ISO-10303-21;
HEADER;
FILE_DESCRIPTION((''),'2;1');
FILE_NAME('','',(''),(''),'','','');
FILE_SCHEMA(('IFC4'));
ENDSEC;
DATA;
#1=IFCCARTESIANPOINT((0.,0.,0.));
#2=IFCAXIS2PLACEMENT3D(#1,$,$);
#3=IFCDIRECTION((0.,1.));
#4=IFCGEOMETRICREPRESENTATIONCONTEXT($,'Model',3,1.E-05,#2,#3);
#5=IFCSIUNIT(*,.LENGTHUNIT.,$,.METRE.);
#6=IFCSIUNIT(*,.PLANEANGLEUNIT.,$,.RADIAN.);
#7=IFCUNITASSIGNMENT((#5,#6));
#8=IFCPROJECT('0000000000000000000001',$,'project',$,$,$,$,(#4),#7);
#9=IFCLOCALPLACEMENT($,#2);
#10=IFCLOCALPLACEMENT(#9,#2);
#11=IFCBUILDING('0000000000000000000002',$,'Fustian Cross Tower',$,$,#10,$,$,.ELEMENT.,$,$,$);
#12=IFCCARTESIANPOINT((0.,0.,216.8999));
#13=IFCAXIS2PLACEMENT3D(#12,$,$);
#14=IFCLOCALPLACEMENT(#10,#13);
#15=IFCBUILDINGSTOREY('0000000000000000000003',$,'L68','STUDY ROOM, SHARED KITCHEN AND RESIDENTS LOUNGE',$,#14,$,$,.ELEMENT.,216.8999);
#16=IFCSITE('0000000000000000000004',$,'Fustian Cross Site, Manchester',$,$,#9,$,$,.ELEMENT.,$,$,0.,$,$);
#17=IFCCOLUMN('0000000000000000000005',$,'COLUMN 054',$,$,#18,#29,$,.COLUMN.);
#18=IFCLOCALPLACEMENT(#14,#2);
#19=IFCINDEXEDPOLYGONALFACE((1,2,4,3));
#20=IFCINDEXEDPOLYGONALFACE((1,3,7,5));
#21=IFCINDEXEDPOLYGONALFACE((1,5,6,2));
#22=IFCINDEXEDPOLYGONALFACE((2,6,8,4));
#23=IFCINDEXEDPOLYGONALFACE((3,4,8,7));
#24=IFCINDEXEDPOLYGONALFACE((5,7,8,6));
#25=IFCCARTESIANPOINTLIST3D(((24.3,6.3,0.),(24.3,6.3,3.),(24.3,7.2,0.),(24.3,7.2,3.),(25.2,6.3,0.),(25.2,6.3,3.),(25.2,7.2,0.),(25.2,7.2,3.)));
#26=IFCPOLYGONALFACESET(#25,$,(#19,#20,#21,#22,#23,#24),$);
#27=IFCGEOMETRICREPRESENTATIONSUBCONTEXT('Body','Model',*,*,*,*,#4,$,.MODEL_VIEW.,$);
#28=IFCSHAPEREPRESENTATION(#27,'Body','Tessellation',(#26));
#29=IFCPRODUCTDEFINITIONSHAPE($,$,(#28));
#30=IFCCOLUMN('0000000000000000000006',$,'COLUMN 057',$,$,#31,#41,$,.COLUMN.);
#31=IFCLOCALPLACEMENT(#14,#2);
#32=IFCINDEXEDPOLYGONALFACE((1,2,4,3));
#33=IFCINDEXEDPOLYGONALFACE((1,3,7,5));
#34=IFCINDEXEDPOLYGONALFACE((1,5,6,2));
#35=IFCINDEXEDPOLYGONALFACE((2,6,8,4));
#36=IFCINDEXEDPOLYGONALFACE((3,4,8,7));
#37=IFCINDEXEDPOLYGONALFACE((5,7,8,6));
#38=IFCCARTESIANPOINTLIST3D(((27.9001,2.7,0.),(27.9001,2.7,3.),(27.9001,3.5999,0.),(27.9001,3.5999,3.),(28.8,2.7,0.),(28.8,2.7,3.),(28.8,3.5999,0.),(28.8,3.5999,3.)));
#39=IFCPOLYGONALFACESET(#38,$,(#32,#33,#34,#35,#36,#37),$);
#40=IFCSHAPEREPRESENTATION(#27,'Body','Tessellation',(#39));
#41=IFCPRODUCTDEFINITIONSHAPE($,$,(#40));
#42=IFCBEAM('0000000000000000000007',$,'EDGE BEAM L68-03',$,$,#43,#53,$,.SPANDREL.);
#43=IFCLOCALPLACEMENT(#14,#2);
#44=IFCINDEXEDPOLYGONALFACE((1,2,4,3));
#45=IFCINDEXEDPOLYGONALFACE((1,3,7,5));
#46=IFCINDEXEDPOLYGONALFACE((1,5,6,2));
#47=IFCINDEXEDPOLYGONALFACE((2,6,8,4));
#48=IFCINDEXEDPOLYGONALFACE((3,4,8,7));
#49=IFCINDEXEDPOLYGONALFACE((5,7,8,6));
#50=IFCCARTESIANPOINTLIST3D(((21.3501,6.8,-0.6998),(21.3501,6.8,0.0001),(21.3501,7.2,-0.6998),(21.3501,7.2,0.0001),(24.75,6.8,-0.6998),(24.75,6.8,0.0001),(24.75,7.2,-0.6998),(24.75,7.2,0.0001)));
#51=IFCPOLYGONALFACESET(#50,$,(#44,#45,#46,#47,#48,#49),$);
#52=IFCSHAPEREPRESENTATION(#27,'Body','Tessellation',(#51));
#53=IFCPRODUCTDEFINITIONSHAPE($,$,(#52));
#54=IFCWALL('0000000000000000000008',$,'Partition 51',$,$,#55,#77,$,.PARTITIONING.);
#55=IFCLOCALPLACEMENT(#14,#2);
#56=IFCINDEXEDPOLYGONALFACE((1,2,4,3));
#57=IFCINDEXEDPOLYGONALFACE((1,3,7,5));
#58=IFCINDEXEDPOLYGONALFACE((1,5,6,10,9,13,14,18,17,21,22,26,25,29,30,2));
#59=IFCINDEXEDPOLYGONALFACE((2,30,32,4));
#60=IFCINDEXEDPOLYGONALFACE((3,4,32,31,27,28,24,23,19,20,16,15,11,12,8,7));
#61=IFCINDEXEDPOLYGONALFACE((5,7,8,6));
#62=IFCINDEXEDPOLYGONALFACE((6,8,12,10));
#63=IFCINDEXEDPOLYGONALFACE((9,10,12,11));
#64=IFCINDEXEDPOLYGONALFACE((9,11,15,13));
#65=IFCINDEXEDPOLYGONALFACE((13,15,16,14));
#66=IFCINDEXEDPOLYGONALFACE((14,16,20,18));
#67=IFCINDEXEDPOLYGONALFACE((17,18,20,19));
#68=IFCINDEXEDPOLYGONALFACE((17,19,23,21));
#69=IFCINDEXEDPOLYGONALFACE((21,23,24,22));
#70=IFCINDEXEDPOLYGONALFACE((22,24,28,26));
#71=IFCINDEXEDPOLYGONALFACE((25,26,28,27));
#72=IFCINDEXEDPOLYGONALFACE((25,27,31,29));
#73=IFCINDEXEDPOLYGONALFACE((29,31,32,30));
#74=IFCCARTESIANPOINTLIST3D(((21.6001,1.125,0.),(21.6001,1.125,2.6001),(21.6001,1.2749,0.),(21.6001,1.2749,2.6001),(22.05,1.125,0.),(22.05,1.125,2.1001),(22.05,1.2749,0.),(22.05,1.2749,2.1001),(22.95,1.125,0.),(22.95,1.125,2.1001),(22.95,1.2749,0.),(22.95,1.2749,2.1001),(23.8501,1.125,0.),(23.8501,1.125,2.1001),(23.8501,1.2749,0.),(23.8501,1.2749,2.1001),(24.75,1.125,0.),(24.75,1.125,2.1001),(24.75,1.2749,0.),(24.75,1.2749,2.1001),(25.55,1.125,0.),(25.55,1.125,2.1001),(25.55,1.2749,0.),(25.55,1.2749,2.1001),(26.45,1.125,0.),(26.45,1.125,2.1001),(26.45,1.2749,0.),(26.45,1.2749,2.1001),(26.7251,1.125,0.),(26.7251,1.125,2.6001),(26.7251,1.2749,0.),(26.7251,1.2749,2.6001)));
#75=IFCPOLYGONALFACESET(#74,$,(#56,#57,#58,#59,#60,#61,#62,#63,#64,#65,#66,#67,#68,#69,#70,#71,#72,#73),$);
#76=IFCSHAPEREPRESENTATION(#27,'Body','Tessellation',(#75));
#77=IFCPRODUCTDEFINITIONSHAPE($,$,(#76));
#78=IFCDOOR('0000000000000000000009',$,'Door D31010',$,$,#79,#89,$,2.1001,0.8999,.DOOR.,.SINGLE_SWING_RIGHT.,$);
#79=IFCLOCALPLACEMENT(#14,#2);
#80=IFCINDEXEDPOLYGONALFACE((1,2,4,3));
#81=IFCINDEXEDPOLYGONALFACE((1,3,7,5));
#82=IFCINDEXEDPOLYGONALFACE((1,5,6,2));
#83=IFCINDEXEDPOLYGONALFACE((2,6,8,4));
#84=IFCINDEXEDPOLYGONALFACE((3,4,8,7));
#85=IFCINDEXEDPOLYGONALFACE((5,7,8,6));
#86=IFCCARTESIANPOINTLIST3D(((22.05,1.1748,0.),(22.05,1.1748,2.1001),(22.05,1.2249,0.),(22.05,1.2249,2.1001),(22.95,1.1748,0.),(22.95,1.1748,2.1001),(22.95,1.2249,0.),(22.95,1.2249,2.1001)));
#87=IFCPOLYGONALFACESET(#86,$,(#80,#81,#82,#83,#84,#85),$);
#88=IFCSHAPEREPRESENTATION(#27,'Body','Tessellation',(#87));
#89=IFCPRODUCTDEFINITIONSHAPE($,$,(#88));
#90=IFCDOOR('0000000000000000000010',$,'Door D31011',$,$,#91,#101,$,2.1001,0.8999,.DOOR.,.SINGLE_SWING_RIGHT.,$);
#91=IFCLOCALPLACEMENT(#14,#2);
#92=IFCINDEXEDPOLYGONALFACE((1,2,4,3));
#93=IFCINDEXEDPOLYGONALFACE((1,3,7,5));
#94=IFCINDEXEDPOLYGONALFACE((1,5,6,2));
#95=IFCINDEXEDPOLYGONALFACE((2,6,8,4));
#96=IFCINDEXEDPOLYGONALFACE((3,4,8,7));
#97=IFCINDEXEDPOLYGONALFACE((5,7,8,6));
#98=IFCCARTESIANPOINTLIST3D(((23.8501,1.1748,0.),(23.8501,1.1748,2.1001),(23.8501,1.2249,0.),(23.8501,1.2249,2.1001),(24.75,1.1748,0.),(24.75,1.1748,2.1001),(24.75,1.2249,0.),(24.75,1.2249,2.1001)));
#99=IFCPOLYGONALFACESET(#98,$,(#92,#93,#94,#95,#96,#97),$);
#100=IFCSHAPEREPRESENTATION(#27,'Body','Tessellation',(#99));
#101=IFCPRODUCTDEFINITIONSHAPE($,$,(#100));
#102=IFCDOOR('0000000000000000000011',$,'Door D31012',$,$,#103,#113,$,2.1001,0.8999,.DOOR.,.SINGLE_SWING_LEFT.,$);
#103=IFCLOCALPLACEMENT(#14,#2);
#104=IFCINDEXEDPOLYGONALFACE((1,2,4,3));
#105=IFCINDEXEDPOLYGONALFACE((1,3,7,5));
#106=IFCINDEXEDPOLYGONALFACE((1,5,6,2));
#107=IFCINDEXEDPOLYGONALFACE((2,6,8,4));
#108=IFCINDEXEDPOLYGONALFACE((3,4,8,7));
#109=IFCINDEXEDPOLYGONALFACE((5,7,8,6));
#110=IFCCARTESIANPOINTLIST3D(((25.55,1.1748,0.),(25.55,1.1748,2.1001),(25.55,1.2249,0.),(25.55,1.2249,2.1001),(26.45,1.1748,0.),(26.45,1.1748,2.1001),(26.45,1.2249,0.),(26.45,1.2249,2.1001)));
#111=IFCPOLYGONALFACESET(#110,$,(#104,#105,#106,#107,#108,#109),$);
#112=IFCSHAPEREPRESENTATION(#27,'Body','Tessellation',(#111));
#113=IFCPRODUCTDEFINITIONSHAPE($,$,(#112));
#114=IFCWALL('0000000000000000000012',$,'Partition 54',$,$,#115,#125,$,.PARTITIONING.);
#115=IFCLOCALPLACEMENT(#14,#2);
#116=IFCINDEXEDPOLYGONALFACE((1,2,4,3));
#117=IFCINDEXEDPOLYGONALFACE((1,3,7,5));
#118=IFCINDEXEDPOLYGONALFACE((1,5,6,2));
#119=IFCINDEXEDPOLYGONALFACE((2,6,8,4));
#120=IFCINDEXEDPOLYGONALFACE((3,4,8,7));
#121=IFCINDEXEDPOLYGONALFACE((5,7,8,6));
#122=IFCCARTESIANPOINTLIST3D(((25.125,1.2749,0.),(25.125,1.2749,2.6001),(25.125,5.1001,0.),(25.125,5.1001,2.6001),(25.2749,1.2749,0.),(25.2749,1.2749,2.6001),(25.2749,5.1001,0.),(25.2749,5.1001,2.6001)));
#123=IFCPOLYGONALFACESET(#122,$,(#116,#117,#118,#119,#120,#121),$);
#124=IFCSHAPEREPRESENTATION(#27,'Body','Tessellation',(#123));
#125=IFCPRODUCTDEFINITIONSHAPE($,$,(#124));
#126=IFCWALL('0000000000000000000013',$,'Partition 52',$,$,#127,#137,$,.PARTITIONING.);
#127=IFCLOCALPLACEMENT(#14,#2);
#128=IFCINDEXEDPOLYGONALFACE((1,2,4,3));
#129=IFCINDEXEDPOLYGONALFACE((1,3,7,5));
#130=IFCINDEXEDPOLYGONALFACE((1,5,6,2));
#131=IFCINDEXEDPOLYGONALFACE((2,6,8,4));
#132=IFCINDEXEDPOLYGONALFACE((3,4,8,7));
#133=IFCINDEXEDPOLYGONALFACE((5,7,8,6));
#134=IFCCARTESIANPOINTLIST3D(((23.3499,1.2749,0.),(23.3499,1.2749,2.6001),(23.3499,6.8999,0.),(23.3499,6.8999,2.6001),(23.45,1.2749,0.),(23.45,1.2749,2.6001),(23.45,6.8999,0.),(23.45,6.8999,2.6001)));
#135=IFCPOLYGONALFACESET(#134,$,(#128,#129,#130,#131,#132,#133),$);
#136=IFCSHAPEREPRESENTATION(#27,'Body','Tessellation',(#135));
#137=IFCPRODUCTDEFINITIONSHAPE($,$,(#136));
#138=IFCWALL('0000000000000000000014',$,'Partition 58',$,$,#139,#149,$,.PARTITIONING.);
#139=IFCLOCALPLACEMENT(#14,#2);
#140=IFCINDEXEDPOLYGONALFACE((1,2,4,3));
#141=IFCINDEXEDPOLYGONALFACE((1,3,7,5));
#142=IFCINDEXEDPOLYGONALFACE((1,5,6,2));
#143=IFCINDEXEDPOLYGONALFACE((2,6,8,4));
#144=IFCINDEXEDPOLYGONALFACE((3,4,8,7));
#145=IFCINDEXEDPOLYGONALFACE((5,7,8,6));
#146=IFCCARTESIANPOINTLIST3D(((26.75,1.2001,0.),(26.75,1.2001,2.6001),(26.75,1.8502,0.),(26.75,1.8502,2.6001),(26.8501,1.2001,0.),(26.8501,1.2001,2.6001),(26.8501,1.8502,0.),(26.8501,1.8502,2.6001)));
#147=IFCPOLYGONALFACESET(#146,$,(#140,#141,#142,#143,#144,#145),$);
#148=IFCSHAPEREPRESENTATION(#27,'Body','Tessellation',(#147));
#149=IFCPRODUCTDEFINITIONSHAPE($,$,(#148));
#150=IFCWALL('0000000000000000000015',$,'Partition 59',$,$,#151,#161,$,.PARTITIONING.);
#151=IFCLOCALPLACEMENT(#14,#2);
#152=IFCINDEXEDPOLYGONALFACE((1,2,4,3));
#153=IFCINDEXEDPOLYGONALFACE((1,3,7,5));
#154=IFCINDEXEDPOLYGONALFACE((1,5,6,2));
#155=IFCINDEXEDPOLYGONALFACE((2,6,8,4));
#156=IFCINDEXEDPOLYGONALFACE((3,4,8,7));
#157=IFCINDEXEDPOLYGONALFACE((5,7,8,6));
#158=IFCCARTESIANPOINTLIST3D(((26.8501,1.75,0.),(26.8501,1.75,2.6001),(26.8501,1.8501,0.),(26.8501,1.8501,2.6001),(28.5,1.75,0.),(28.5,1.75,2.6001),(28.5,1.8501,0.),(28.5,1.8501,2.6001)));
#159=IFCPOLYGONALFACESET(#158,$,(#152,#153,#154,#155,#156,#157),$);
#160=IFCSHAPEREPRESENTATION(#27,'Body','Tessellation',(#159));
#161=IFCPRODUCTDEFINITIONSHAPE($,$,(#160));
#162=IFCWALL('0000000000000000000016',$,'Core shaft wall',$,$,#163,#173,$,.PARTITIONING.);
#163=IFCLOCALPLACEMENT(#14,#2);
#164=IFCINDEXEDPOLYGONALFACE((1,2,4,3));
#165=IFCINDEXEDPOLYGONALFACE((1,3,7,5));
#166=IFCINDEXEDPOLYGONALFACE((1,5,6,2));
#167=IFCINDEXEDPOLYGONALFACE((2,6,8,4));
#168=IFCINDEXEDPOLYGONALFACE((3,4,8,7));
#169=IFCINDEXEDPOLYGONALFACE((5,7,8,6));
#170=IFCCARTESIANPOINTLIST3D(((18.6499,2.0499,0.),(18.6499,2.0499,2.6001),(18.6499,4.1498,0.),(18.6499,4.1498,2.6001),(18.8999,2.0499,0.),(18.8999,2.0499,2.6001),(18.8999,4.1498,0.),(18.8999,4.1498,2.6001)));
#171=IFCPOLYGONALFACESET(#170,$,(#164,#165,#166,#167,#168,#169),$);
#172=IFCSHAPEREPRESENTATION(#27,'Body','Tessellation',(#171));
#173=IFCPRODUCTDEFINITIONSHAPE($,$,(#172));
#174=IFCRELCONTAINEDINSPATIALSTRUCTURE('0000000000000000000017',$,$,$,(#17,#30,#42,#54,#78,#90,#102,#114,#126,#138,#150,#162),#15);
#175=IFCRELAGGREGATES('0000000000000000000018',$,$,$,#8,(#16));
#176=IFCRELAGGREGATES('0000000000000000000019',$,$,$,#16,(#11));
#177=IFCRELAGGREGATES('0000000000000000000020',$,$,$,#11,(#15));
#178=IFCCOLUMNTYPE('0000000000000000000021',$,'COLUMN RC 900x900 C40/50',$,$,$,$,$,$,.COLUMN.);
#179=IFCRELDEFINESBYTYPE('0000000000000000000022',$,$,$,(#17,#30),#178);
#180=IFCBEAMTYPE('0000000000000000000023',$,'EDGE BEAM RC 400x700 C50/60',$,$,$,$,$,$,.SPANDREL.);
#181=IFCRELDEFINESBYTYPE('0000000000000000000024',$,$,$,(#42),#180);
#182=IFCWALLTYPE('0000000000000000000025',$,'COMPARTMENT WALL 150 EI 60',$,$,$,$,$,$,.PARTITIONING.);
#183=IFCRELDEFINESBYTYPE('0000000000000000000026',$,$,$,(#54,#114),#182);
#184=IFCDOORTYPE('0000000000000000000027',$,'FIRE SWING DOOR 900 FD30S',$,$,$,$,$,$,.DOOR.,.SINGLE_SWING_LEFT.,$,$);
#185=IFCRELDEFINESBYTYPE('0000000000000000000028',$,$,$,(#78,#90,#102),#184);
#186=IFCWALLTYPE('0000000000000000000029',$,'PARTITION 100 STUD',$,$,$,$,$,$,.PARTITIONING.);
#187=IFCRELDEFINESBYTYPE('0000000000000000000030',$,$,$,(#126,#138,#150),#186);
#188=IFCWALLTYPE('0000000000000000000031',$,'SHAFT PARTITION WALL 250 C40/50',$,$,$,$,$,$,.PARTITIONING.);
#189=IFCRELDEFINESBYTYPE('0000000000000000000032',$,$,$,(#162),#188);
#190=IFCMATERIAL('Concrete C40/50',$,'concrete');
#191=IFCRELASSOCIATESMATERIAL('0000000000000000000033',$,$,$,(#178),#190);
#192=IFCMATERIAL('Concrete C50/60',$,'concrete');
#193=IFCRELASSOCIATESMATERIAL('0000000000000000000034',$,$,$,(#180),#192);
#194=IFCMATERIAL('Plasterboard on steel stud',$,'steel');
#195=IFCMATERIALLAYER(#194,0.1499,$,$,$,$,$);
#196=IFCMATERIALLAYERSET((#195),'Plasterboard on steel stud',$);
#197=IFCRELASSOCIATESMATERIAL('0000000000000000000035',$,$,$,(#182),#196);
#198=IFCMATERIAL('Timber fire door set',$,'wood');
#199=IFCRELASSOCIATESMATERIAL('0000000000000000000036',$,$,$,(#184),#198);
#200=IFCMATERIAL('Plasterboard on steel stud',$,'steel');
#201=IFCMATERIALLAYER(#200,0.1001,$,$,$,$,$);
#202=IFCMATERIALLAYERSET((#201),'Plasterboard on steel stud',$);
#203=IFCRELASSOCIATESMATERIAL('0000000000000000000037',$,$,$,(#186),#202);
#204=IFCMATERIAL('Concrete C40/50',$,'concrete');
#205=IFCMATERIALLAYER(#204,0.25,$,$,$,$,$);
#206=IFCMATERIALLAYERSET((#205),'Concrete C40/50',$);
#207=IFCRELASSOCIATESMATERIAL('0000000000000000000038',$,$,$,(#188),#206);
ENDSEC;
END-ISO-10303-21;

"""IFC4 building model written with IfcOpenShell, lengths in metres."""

from ifc_helpers import new_model, si_unit, direction, frame, frame_2d, origin, origin_2d, place, context, subcontext, project, spatial, rectangle, extrude, material, layer, layer_set, material_profile, profile_set, type_object, element, fill, save


model = new_model("IFC4")

# Units and contexts
model_context = context("Model", 3, precision=1e-05, world=origin(), true_north=direction((0.0, 1.0)))
body_context = subcontext(model_context, "Body", "Model", "MODEL_VIEW")
ifc_project = project(units=[si_unit("LENGTHUNIT", "METRE"), si_unit("PLANEANGLEUNIT", "RADIAN")], contexts=[model_context])

# Site, building, storey
site_placement = place(None, origin())
site = spatial("IfcSite", under=ifc_project, at=site_placement, Name="Fustian Cross Site, Manchester", CompositionType="ELEMENT", RefElevation=0.0)
building_placement = place(site_placement, origin())
building = spatial("IfcBuilding", under=site, at=building_placement, Name="Fustian Cross Tower", CompositionType="ELEMENT")
storey_placement = place(building_placement, frame((0.0, 0.0, 216.8999)))
storey = spatial("IfcBuildingStorey", under=building, at=storey_placement, Name="L68", Description="STUDY ROOM, SHARED KITCHEN AND RESIDENTS LOUNGE", CompositionType="ELEMENT", Elevation=216.8999)

# Columns
ifc_material_1 = material(Name="Concrete C40/50", Category="concrete")
ifc_material_profile_1 = material_profile(ifc_material_1, rectangle(XDim=0.8999, YDim=0.8999, at=origin_2d()), Name="RC 900x900")
ifc_profile_set_1 = profile_set([ifc_material_profile_1], Name="Concrete C40/50")
column_type = type_object("IfcColumnType", Name="COLUMN RC 900x900 C40/50", PredefinedType="COLUMN", material=ifc_profile_set_1)
for number, where, z_axis, x_axis, name in (
    (1, (24.75, 6.75, 0.0), (0.0, 0.0, 1.0), (1.0, 0.0, 0.0), "COLUMN 054"),
    (2, (28.3501, 3.1499, 0.0), (0.0, 0.0, 1.0), (1.0, 0.0, 0.0), "COLUMN 057"),
):
    element("IfcColumn", number, at=place(storey_placement, frame(where, z_axis=z_axis, x_axis=x_axis)), inside=storey, type_object=column_type, Name=name, PredefinedType="COLUMN", context=body_context, shape_type="SweptSolid", body=[
        extrude(rectangle(XDim=0.8999, YDim=0.8999, at=origin_2d()), origin(), (0.0, 0.0, 1.0), 3.0),
    ])

# Beam
ifc_material_2 = material(Name="Concrete C50/60", Category="concrete")
ifc_material_profile_2 = material_profile(ifc_material_2, rectangle(XDim=0.3999, YDim=0.7, at=origin_2d()), Name="RC 400x700")
ifc_profile_set_2 = profile_set([ifc_material_profile_2], Name="Concrete C50/60")
beam_type = type_object("IfcBeamType", Name="EDGE BEAM RC 400x700 C50/60", PredefinedType="SPANDREL", material=ifc_profile_set_2)
beam_placement = place(storey_placement, frame((24.75, 7.0, -0.3499), z_axis=(-1.0, 0.0, 0.0), x_axis=(0.0, -1.0, 0.0)))
element("IfcBeam", 3, at=beam_placement, inside=storey, type_object=beam_type, Name="EDGE BEAM L68-03", PredefinedType="SPANDREL", context=body_context, shape_type="SweptSolid", body=[
    extrude(rectangle(XDim=0.3999, YDim=0.7, at=origin_2d()), origin(), (0.0, 0.0, 1.0), 3.3999),
])

# Wall, openings, doors
ifc_material_3 = material(Name="Plasterboard on steel stud", Category="steel")
ifc_layer_1 = layer(ifc_material_3, 0.1499)
ifc_layer_set_1 = layer_set([ifc_layer_1], Name="Plasterboard on steel stud")
wall_type_1 = type_object("IfcWallType", Name="COMPARTMENT WALL 150 EI 60", PredefinedType="PARTITIONING", material=ifc_layer_set_1)
wall_1_placement = place(storey_placement, frame((21.6001, 1.2, 0.0), z_axis=(0.0, 0.0, 1.0), x_axis=(1.0, 0.0, 0.0)))
wall_1 = element("IfcWall", 4, at=wall_1_placement, inside=storey, type_object=wall_type_1, Name="Partition 51", PredefinedType="PARTITIONING", context=body_context, shape_type="SweptSolid", body=[
    extrude(rectangle(XDim=5.125, YDim=0.1499, at=frame_2d((2.5625, 0.0))), origin(), (0.0, 0.0, 1.0), 2.6001),
])
opening_1_placement = place(wall_1_placement, frame((0.45, 0.0, 0.0)))
opening_1 = element("IfcOpeningElement", 5, at=opening_1_placement, cuts=wall_1, PredefinedType="OPENING", context=body_context, shape_type="SweptSolid", body=[
    extrude(rectangle(XDim=0.8999, YDim=2.1001, at=frame_2d((0.45, 1.05))), frame((0.0, 0.085, 0.0), z_axis=(0.0, -1.0, 0.0), x_axis=(1.0, 0.0, 0.0)), (0.0, 0.0, 1.0), 0.1699),
])
opening_2_placement = place(wall_1_placement, frame((2.25, 0.0, 0.0)))
opening_2 = element("IfcOpeningElement", 6, at=opening_2_placement, cuts=wall_1, PredefinedType="OPENING", context=body_context, shape_type="SweptSolid", body=[
    extrude(rectangle(XDim=0.8999, YDim=2.1001, at=frame_2d((0.45, 1.05))), frame((0.0, 0.085, 0.0), z_axis=(0.0, -1.0, 0.0), x_axis=(1.0, 0.0, 0.0)), (0.0, 0.0, 1.0), 0.1699),
])
opening_3_placement = place(wall_1_placement, frame((3.95, 0.0, 0.0)))
opening_3 = element("IfcOpeningElement", 7, at=opening_3_placement, cuts=wall_1, PredefinedType="OPENING", context=body_context, shape_type="SweptSolid", body=[
    extrude(rectangle(XDim=0.8999, YDim=2.1001, at=frame_2d((0.45, 1.05))), frame((0.0, 0.085, 0.0), z_axis=(0.0, -1.0, 0.0), x_axis=(1.0, 0.0, 0.0)), (0.0, 0.0, 1.0), 0.1699),
])
ifc_material_4 = material(Name="Timber fire door set", Category="wood")
door_type = type_object("IfcDoorType", Name="FIRE SWING DOOR 900 FD30S", OperationType="SINGLE_SWING_LEFT", PredefinedType="DOOR", material=ifc_material_4)
door_1_placement = place(opening_1_placement, origin())
door_1 = element("IfcDoor", 8, at=door_1_placement, inside=storey, type_object=door_type, Name="Door D31010", OperationType="SINGLE_SWING_RIGHT", OverallHeight=2.1001, OverallWidth=0.8999, PredefinedType="DOOR", context=body_context, shape_type="SweptSolid", body=[
    extrude(rectangle(XDim=0.8999, YDim=2.1001, at=frame_2d((0.45, 1.05))), frame((0.0, 0.0249, 0.0), z_axis=(0.0, -1.0, 0.0), x_axis=(1.0, 0.0, 0.0)), (0.0, 0.0, 1.0), 0.05),
])
fill(opening_1, door_1)
door_2_placement = place(opening_2_placement, origin())
door_2 = element("IfcDoor", 9, at=door_2_placement, inside=storey, type_object=door_type, Name="Door D31011", OperationType="SINGLE_SWING_RIGHT", OverallHeight=2.1001, OverallWidth=0.8999, PredefinedType="DOOR", context=body_context, shape_type="SweptSolid", body=[
    extrude(rectangle(XDim=0.8999, YDim=2.1001, at=frame_2d((0.45, 1.05))), frame((0.0, 0.0249, 0.0), z_axis=(0.0, -1.0, 0.0), x_axis=(1.0, 0.0, 0.0)), (0.0, 0.0, 1.0), 0.05),
])
fill(opening_2, door_2)
door_3_placement = place(opening_3_placement, origin())
door_3 = element("IfcDoor", 10, at=door_3_placement, inside=storey, type_object=door_type, Name="Door D31012", OperationType="SINGLE_SWING_LEFT", OverallHeight=2.1001, OverallWidth=0.8999, PredefinedType="DOOR", context=body_context, shape_type="SweptSolid", body=[
    extrude(rectangle(XDim=0.8999, YDim=2.1001, at=frame_2d((0.45, 1.05))), frame((0.0, 0.0249, 0.0), z_axis=(0.0, -1.0, 0.0), x_axis=(1.0, 0.0, 0.0)), (0.0, 0.0, 1.0), 0.05),
])
fill(opening_3, door_3)

# Walls
wall_2_placement = place(storey_placement, frame((25.2, 1.2749, 0.0), z_axis=(0.0, 0.0, 1.0), x_axis=(0.0, 1.0, 0.0)))
element("IfcWall", 11, at=wall_2_placement, inside=storey, type_object=wall_type_1, Name="Partition 54", PredefinedType="PARTITIONING", context=body_context, shape_type="SweptSolid", body=[
    extrude(rectangle(XDim=3.8252, YDim=0.1499, at=frame_2d((1.9126, 0.0))), origin(), (0.0, 0.0, 1.0), 2.6001),
])
ifc_material_5 = material(Name="Plasterboard on steel stud", Category="steel")
ifc_layer_2 = layer(ifc_material_5, 0.1001)
ifc_layer_set_2 = layer_set([ifc_layer_2], Name="Plasterboard on steel stud")
wall_type_2 = type_object("IfcWallType", Name="PARTITION 100 STUD", PredefinedType="PARTITIONING", material=ifc_layer_set_2)
wall_3_placement = place(storey_placement, frame((23.3999, 1.2749, 0.0), z_axis=(0.0, 0.0, 1.0), x_axis=(0.0, 1.0, 0.0)))
element("IfcWall", 12, at=wall_3_placement, inside=storey, type_object=wall_type_2, Name="Partition 52", PredefinedType="PARTITIONING", context=body_context, shape_type="SweptSolid", body=[
    extrude(rectangle(XDim=5.625, YDim=0.1001, at=frame_2d((2.8125, 0.0))), origin(), (0.0, 0.0, 1.0), 2.6001),
])
wall_4_placement = place(storey_placement, frame((26.8, 1.2, 0.0), z_axis=(0.0, 0.0, 1.0), x_axis=(0.0, 1.0, 0.0)))
element("IfcWall", 13, at=wall_4_placement, inside=storey, type_object=wall_type_2, Name="Partition 58", PredefinedType="PARTITIONING", context=body_context, shape_type="SweptSolid", body=[
    extrude(rectangle(XDim=0.6501, YDim=0.1001, at=frame_2d((0.3252, 0.0))), origin(), (0.0, 0.0, 1.0), 2.6001),
])
wall_5_placement = place(storey_placement, frame((26.8501, 1.8, 0.0), z_axis=(0.0, 0.0, 1.0), x_axis=(1.0, 0.0, 0.0)))
element("IfcWall", 14, at=wall_5_placement, inside=storey, type_object=wall_type_2, Name="Partition 59", PredefinedType="PARTITIONING", context=body_context, shape_type="SweptSolid", body=[
    extrude(rectangle(XDim=1.6499, YDim=0.1001, at=frame_2d((0.825, 0.0))), origin(), (0.0, 0.0, 1.0), 2.6001),
])
ifc_material_6 = material(Name="Concrete C40/50", Category="concrete")
ifc_layer_3 = layer(ifc_material_6, 0.25)
ifc_layer_set_3 = layer_set([ifc_layer_3], Name="Concrete C40/50")
wall_type_3 = type_object("IfcWallType", Name="SHAFT PARTITION WALL 250 C40/50", PredefinedType="PARTITIONING", material=ifc_layer_set_3)
wall_6_placement = place(storey_placement, frame((18.7749, 2.05, 0.0), z_axis=(0.0, 0.0, 1.0), x_axis=(0.0, 1.0, 0.0)))
element("IfcWall", 15, at=wall_6_placement, inside=storey, type_object=wall_type_3, Name="Core shaft wall", PredefinedType="PARTITIONING", context=body_context, shape_type="SweptSolid", body=[
    extrude(rectangle(XDim=2.0999, YDim=0.25, at=frame_2d((1.0498, 0.0))), origin(), (0.0, 0.0, 1.0), 2.6001),
])

save(model, "model.ifc")
